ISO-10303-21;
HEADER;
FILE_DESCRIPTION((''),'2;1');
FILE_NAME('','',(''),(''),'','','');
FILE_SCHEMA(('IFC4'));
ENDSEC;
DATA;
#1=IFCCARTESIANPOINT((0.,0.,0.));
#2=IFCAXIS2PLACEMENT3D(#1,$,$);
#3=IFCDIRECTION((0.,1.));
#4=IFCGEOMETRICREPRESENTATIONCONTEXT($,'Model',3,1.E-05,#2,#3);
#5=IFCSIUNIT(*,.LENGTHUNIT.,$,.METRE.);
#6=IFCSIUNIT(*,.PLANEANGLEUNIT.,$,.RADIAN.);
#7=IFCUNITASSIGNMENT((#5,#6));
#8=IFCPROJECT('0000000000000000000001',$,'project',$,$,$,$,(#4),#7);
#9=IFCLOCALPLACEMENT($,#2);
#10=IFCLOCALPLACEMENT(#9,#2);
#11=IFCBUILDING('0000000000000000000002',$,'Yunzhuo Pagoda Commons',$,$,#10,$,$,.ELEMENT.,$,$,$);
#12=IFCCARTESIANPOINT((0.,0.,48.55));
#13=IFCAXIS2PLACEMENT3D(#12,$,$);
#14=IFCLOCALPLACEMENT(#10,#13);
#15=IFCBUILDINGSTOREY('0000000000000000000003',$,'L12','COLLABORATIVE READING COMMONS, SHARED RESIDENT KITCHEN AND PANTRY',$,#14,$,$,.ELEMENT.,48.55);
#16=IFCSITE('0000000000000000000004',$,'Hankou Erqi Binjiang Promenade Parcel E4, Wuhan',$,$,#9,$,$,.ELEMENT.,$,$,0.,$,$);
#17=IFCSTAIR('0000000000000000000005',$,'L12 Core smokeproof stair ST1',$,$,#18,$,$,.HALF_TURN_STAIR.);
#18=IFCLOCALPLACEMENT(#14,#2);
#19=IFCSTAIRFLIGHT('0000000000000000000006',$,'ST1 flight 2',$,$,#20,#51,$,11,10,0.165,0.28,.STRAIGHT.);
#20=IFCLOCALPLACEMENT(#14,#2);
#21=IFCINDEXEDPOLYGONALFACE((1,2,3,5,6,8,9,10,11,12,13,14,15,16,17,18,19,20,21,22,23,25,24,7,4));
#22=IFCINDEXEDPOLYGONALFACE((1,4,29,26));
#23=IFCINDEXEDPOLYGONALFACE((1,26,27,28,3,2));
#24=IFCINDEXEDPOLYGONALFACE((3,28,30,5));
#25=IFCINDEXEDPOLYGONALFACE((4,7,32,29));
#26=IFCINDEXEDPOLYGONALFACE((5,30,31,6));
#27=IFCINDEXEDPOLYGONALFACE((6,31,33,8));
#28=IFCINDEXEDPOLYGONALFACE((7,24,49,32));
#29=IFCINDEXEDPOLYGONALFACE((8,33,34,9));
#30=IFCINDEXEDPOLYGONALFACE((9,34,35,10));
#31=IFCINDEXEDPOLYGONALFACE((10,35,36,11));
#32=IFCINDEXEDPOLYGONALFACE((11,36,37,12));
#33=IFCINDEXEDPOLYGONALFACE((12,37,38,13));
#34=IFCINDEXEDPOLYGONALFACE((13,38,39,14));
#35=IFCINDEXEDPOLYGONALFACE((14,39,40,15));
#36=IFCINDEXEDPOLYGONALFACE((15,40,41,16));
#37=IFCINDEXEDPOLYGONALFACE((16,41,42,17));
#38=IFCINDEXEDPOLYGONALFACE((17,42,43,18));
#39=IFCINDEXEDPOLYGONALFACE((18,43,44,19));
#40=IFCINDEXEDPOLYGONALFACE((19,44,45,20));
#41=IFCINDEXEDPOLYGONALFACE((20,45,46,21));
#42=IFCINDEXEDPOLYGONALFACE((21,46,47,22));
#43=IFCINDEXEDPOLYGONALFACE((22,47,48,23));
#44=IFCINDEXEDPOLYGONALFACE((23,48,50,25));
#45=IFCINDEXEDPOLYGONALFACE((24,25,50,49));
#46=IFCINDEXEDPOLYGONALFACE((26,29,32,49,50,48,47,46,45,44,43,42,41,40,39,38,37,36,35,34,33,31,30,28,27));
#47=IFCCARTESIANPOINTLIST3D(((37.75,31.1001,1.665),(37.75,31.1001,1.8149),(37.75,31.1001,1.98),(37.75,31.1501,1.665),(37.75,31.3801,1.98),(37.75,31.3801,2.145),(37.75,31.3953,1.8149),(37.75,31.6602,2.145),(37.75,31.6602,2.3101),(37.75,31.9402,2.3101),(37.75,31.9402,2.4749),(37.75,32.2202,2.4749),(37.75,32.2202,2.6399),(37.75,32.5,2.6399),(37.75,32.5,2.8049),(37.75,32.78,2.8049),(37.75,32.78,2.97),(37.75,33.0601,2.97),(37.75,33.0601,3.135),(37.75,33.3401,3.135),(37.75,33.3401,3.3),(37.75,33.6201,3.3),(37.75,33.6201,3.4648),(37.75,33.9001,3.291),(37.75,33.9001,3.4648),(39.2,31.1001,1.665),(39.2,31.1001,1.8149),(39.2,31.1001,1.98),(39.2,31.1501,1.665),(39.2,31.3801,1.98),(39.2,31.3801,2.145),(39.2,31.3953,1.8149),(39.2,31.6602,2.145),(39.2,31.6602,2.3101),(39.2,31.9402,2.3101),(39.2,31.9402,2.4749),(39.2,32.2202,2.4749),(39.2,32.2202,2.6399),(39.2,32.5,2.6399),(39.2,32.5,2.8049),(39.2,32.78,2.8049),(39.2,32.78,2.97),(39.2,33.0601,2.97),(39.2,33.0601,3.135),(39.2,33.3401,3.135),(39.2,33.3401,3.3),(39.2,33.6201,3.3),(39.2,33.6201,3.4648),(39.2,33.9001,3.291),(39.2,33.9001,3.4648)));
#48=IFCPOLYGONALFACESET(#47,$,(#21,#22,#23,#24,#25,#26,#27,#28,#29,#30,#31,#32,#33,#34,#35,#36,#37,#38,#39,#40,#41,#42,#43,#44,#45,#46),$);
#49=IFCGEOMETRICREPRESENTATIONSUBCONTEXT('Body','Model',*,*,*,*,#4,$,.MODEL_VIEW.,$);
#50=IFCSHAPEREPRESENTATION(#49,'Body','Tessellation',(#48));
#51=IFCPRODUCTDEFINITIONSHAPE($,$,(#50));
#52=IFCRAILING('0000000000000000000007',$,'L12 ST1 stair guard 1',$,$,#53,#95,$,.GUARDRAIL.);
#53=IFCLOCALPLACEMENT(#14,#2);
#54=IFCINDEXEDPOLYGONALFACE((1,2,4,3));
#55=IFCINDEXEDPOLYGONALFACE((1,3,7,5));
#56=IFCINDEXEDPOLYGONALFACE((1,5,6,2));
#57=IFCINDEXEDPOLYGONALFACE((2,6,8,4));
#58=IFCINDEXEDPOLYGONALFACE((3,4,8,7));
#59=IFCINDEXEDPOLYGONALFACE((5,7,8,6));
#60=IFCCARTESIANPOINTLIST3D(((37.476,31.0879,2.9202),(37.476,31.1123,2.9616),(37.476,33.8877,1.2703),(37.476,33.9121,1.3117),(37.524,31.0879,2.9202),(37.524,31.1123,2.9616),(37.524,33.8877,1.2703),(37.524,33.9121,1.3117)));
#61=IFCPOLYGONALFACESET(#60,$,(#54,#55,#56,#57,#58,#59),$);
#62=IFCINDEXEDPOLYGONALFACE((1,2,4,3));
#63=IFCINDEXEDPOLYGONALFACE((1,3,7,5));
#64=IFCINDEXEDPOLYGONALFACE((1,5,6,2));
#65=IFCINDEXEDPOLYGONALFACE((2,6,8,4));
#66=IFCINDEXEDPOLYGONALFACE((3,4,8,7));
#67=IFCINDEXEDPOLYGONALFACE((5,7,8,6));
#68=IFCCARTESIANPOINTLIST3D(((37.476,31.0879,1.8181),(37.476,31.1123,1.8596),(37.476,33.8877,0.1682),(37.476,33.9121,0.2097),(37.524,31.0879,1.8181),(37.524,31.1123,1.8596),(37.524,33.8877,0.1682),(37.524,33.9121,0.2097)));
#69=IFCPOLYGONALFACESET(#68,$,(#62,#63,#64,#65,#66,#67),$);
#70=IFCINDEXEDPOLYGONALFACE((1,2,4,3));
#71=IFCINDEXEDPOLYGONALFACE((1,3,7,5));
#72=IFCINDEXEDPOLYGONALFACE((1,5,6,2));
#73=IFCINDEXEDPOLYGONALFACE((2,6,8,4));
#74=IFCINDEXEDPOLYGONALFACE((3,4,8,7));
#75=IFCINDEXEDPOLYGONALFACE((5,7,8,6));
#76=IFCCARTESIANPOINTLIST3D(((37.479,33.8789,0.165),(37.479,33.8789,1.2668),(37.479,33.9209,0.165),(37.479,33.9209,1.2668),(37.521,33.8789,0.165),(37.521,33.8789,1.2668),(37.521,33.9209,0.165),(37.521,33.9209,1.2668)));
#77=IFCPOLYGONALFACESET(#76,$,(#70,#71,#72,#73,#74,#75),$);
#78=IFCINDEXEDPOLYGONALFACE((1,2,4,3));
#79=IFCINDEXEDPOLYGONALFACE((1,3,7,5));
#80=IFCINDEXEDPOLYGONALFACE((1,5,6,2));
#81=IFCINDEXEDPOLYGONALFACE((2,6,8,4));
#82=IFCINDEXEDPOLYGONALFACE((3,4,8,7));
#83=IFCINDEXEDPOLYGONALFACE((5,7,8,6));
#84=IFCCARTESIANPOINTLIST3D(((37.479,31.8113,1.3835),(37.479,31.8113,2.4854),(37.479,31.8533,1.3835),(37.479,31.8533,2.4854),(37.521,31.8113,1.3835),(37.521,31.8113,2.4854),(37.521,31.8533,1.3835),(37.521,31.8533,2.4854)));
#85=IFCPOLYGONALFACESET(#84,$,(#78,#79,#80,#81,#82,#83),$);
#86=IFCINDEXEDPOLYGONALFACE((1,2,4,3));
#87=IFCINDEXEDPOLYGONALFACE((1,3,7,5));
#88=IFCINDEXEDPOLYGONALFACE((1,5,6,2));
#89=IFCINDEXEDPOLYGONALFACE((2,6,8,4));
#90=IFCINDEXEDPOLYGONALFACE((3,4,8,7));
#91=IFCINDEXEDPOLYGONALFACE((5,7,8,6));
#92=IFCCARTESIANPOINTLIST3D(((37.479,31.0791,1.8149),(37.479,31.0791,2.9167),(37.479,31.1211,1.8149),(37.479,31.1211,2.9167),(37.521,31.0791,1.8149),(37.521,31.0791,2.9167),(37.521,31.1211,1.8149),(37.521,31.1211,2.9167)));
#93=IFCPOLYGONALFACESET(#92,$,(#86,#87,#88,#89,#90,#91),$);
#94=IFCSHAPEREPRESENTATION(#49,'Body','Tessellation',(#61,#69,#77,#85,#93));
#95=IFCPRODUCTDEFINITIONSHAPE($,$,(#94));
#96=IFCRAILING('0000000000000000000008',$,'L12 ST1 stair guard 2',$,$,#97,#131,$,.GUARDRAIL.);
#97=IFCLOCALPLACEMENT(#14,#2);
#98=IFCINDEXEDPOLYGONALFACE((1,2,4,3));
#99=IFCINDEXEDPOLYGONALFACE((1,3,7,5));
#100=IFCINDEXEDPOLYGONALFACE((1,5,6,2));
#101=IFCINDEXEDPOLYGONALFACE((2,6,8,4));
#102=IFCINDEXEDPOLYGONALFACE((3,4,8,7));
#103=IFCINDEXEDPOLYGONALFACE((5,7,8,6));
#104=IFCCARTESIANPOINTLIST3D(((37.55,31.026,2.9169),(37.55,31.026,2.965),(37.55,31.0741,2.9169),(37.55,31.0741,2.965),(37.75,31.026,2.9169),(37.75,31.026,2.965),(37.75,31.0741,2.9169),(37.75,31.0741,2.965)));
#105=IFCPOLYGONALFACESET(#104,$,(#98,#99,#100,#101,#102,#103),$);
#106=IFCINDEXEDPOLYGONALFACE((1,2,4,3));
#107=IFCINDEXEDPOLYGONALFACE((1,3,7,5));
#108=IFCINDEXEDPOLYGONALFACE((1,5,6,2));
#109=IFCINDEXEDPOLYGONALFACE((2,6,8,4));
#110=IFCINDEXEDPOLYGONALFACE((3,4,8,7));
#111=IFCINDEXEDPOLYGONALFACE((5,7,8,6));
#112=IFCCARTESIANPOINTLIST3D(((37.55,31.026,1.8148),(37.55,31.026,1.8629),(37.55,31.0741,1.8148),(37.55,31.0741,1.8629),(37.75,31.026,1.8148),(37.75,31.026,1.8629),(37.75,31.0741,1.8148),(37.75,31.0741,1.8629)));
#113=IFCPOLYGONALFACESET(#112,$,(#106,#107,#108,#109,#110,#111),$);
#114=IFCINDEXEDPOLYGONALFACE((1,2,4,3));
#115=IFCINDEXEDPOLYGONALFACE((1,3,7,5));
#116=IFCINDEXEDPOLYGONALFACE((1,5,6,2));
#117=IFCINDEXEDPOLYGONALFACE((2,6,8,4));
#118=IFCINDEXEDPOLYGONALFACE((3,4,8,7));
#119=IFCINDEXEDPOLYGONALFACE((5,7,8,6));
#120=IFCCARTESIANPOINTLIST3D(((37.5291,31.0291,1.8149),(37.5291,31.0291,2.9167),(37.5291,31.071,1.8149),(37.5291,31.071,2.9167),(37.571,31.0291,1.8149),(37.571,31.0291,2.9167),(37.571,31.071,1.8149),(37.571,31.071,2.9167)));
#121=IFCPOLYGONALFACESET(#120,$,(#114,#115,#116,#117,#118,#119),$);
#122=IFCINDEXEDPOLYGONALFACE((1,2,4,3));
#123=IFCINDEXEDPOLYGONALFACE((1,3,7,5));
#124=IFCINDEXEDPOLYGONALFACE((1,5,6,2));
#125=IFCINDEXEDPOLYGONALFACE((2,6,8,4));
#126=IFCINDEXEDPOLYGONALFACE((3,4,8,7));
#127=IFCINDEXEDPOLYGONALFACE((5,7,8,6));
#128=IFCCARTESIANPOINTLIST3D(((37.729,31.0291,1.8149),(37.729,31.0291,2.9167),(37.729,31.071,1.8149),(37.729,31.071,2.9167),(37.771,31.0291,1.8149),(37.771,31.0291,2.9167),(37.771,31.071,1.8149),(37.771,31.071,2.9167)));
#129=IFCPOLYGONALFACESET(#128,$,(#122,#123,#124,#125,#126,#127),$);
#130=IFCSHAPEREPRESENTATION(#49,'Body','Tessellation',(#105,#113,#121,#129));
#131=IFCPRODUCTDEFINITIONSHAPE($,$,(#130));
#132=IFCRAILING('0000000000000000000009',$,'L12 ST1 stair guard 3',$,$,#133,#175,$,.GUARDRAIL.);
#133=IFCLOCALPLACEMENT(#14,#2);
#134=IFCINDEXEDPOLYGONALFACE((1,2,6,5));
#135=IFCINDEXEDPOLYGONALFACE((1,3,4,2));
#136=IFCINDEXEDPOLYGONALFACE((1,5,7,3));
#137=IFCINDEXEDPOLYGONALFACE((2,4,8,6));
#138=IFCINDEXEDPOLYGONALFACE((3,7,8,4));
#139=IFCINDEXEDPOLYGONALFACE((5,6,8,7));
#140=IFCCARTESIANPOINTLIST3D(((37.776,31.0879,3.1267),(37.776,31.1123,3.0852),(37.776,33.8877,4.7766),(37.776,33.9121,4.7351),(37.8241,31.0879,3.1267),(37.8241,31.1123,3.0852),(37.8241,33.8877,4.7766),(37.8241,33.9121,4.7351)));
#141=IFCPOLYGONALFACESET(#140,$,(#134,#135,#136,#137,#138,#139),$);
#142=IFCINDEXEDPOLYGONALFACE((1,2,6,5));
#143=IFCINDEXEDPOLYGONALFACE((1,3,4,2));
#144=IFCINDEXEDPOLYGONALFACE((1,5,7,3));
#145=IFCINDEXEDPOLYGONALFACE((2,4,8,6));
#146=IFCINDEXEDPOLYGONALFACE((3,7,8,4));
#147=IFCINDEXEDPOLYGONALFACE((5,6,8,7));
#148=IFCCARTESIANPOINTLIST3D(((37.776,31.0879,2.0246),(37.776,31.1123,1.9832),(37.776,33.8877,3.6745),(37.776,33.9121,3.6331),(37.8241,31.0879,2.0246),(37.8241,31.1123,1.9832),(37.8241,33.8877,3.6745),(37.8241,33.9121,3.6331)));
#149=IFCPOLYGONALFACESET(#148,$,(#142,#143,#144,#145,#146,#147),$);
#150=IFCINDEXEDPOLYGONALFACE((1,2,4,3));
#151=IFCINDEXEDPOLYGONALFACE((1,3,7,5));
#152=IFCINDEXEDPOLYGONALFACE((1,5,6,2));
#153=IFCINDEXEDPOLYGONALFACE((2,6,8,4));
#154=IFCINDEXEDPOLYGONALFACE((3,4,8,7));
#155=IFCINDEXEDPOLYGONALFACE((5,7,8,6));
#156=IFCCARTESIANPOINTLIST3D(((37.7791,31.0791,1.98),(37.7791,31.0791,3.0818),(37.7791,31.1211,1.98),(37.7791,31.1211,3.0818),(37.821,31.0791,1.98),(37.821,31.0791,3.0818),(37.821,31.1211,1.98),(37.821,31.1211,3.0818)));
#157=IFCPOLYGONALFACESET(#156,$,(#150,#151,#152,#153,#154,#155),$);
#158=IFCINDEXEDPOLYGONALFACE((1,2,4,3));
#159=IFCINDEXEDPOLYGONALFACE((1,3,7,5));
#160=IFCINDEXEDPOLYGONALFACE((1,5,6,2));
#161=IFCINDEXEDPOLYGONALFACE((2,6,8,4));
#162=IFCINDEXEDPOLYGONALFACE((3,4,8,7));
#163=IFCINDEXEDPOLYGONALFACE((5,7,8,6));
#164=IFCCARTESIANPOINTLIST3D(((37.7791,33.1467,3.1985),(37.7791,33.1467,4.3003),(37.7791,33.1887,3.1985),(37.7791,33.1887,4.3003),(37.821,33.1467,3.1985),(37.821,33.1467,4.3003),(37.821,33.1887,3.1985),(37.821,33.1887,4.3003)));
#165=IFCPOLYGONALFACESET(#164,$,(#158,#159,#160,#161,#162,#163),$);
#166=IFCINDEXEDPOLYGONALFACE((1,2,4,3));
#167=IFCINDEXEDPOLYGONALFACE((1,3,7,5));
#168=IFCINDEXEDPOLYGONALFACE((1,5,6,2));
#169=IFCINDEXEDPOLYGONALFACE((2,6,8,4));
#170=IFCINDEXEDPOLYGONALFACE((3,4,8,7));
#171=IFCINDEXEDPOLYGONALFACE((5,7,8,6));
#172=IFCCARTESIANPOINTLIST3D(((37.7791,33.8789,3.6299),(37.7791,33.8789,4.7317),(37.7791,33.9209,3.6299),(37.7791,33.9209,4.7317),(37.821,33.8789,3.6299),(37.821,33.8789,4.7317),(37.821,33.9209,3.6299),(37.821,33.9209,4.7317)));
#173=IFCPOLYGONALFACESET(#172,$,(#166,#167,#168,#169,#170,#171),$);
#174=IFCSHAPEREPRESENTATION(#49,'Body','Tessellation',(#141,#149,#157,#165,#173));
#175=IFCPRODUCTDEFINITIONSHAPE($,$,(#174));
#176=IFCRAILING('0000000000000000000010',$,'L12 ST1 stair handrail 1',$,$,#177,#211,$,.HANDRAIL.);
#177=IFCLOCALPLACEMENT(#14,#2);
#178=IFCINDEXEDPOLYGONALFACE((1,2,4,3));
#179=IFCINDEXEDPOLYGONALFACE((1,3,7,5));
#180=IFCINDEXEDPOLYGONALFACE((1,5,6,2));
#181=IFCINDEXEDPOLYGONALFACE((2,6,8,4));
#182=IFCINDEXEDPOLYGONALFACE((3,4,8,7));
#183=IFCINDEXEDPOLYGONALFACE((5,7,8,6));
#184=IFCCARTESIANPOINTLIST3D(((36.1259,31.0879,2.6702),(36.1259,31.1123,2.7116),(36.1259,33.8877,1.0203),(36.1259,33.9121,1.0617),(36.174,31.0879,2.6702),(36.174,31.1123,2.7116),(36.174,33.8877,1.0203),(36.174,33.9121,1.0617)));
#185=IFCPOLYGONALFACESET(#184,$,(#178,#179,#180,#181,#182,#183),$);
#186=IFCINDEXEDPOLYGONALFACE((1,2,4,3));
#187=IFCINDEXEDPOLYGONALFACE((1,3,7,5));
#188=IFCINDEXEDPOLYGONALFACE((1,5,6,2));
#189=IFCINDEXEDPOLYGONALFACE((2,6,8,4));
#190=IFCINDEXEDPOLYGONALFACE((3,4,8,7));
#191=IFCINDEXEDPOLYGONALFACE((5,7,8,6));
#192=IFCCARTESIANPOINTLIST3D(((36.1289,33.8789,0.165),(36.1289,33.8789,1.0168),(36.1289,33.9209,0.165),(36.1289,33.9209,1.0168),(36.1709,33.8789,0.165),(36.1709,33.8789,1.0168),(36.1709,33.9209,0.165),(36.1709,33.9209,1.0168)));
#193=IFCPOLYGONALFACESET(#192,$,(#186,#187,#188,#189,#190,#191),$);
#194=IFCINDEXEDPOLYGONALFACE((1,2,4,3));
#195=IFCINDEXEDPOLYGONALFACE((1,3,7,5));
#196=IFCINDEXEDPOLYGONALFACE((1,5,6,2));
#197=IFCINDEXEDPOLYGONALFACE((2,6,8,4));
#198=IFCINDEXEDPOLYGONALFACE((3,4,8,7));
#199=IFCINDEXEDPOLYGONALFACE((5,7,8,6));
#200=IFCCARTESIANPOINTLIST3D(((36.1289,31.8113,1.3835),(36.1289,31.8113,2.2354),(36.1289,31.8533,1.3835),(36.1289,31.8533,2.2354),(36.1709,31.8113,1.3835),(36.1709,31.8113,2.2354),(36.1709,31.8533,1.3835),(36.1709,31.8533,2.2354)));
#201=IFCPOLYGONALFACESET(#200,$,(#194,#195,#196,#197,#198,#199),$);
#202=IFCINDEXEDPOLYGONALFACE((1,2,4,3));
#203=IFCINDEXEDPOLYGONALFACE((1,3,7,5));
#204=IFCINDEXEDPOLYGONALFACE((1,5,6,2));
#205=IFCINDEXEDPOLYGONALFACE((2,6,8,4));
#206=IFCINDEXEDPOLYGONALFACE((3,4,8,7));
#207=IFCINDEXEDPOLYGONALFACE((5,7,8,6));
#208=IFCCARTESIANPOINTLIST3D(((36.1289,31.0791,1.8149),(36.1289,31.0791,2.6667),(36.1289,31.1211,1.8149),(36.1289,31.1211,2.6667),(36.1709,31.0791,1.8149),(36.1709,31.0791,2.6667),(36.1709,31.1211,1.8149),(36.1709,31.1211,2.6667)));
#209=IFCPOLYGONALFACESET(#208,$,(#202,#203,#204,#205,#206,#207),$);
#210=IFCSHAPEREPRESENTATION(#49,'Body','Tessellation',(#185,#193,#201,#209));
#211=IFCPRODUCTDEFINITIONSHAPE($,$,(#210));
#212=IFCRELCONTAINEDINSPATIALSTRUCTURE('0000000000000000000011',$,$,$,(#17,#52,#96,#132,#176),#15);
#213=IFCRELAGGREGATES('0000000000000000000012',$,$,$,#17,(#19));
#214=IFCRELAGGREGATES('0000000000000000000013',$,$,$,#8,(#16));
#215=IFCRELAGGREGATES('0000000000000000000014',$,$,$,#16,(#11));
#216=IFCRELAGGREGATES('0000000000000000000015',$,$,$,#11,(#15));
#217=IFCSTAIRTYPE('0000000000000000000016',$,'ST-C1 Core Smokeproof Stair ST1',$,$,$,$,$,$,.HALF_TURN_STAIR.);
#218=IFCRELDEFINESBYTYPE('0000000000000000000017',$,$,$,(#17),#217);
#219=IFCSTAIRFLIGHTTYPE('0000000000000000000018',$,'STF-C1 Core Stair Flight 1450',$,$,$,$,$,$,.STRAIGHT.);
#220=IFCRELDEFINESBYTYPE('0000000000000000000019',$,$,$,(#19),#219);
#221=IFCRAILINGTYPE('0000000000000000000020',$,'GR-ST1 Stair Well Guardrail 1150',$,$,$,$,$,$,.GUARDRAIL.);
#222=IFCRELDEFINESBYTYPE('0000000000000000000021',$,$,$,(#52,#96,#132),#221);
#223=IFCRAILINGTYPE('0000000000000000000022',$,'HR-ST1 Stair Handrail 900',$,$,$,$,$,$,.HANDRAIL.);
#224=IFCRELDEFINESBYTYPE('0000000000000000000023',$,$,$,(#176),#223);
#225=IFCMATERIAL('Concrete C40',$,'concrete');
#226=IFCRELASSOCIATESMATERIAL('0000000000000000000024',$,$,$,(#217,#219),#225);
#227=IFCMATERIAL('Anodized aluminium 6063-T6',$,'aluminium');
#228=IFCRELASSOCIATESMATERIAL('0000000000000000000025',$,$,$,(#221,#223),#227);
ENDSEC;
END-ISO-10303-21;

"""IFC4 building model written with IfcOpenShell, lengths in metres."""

from ifc_helpers import new_model, si_unit, direction, frame, origin, origin_2d, place, context, subcontext, project, spatial, polyline, rectangle, outline, extrude, source, transform, mapped, material, type_object, element, aggregate, save


model = new_model("IFC4")

# Units and contexts
model_context = context("Model", 3, precision=1e-05, world=origin(), true_north=direction((0.0, 1.0)))
body_context = subcontext(model_context, "Body", "Model", "MODEL_VIEW")
ifc_project = project(units=[si_unit("LENGTHUNIT", "METRE"), si_unit("PLANEANGLEUNIT", "RADIAN")], contexts=[model_context])

# Site, building, storey
site_placement = place(None, origin())
site = spatial("IfcSite", under=ifc_project, at=site_placement, Name="Hankou Erqi Binjiang Promenade Parcel E4, Wuhan", CompositionType="ELEMENT", RefElevation=0.0)
building_placement = place(site_placement, origin())
building = spatial("IfcBuilding", under=site, at=building_placement, Name="Yunzhuo Pagoda Commons", CompositionType="ELEMENT")
storey_placement = place(building_placement, frame((0.0, 0.0, 48.55)))
storey = spatial("IfcBuildingStorey", under=building, at=storey_placement, Name="L12", Description="COLLABORATIVE READING COMMONS, SHARED RESIDENT KITCHEN AND PANTRY", CompositionType="ELEMENT", Elevation=48.55)

# Shared definitions
ifc_material_1 = material(Name="Concrete C40", Category="concrete")

# Stair, stair flight
stair_type = type_object("IfcStairType", Name="ST-C1 Core Smokeproof Stair ST1", PredefinedType="HALF_TURN_STAIR", material=ifc_material_1)
stair_placement = place(storey_placement, origin())
stair = element("IfcStair", 1, at=stair_placement, inside=storey, type_object=stair_type, Name="L12 Core smokeproof stair ST1", PredefinedType="HALF_TURN_STAIR")
stair_flight_type = type_object("IfcStairFlightType", Name="STF-C1 Core Stair Flight 1450", PredefinedType="STRAIGHT", material=ifc_material_1)
shared_shape_1 = source(origin(), body_context, "Body", "SweptSolid", [
    extrude(outline(polyline([(0.0, -0.1499), (0.0, 0.0), (0.0, 0.165), (0.28, 0.165), (0.28, 0.3301), (0.5601, 0.3301), (0.5601, 0.4951), (0.8401, 0.4951), (0.8401, 0.6599), (1.1201, 0.6599), (1.1201, 0.825), (1.3999, 0.825), (1.3999, 0.99), (1.6799, 0.99), (1.6799, 1.155), (1.96, 1.155), (1.96, 1.3201), (2.24, 1.3201), (2.24, 1.4851), (2.52, 1.4851), (2.52, 1.6499), (2.8, 1.6499), (2.8, 1.8149), (2.8, 1.4761), (0.2952, 0.0), (0.05, -0.1499), (0.0, -0.1499)])), frame((0.0, 0.7251, 0.0), z_axis=(0.0, -1.0, 0.0), x_axis=(1.0, 0.0, 0.0)), (0.0, 0.0, 1.0), 1.45),
])
stair_flight_1_placement = place(storey_placement, frame((38.4751, 31.1001, 1.8149), z_axis=(0.0, 0.0, 1.0), x_axis=(0.0, 1.0, 0.0)))
stair_flight_1 = element("IfcStairFlight", 2, at=stair_flight_1_placement, type_object=stair_flight_type, Name="ST1 flight 2", NumberOfRisers=11, NumberOfTreads=10, PredefinedType="STRAIGHT", RiserHeight=0.165, TreadLength=0.28, context=body_context, shape_type="MappedRepresentation", body=[
    mapped(shared_shape_1, transform((0.0, 0.0, 0.0), scale=1.0)),
])
aggregate(stair, [stair_flight_1])

# Railings
ifc_material_2 = material(Name="Anodized aluminium 6063-T6", Category="aluminium")
railing_type_1 = type_object("IfcRailingType", Name="GR-ST1 Stair Well Guardrail 1150", PredefinedType="GUARDRAIL", material=ifc_material_2)
railing_1_placement = place(storey_placement, frame((37.5, 33.8999, 0.165)))
element("IfcRailing", 3, at=railing_1_placement, inside=storey, type_object=railing_type_1, Name="L12 ST1 stair guard 1", PredefinedType="GUARDRAIL", context=body_context, shape_type="SweptSolid", body=[
    extrude(rectangle(XDim=0.0481, YDim=0.0481, at=origin_2d()), frame((0.0, 0.0, 1.126), z_axis=(0.0, -0.861536, 0.507696), x_axis=(1.0, 0.0, 0.0)), (0.0, 0.0, 1.0), 3.2498),
    extrude(rectangle(XDim=0.0481, YDim=0.0481, at=origin_2d()), frame((0.0, 0.0, 0.0239), z_axis=(0.0, -0.861536, 0.507696), x_axis=(1.0, 0.0, 0.0)), (0.0, 0.0, 1.0), 3.2498),
    extrude(rectangle(XDim=0.042, YDim=0.042, at=origin_2d()), origin(), (0.0, 0.0, 1.0), 1.1018),
    extrude(rectangle(XDim=0.042, YDim=0.042, at=origin_2d()), frame((0.0, -2.0676, 1.2185)), (0.0, 0.0, 1.0), 1.1018),
    extrude(rectangle(XDim=0.042, YDim=0.042, at=origin_2d()), frame((0.0, -2.7998, 1.6499)), (0.0, 0.0, 1.0), 1.1018),
])
railing_2_placement = place(storey_placement, frame((37.55, 31.05, 1.8149)))
element("IfcRailing", 4, at=railing_2_placement, inside=storey, type_object=railing_type_1, Name="L12 ST1 stair guard 2", PredefinedType="GUARDRAIL", context=body_context, shape_type="SweptSolid", body=[
    extrude(rectangle(XDim=0.0481, YDim=0.0481, at=origin_2d()), frame((0.0, 0.0, 1.126), z_axis=(1.0, 0.0, 0.0), x_axis=(0.0, 1.0, 0.0)), (0.0, 0.0, 1.0), 0.2),
    extrude(rectangle(XDim=0.0481, YDim=0.0481, at=origin_2d()), frame((0.0, 0.0, 0.0239), z_axis=(1.0, 0.0, 0.0), x_axis=(0.0, 1.0, 0.0)), (0.0, 0.0, 1.0), 0.2),
    extrude(rectangle(XDim=0.042, YDim=0.042, at=origin_2d()), origin(), (0.0, 0.0, 1.0), 1.1018),
    extrude(rectangle(XDim=0.042, YDim=0.042, at=origin_2d()), frame((0.2, 0.0, 0.0)), (0.0, 0.0, 1.0), 1.1018),
])
railing_3_placement = place(storey_placement, frame((37.8, 31.1001, 1.98)))
element("IfcRailing", 5, at=railing_3_placement, inside=storey, type_object=railing_type_1, Name="L12 ST1 stair guard 3", PredefinedType="GUARDRAIL", context=body_context, shape_type="SweptSolid", body=[
    extrude(rectangle(XDim=0.0481, YDim=0.0481, at=origin_2d()), frame((0.0, 0.0, 1.126), z_axis=(0.0, 0.861536, 0.507696), x_axis=(-1.0, 0.0, 0.0)), (0.0, 0.0, 1.0), 3.2498),
    extrude(rectangle(XDim=0.0481, YDim=0.0481, at=origin_2d()), frame((0.0, 0.0, 0.0239), z_axis=(0.0, 0.861536, 0.507696), x_axis=(-1.0, 0.0, 0.0)), (0.0, 0.0, 1.0), 3.2498),
    extrude(rectangle(XDim=0.042, YDim=0.042, at=origin_2d()), origin(), (0.0, 0.0, 1.0), 1.1018),
    extrude(rectangle(XDim=0.042, YDim=0.042, at=origin_2d()), frame((0.0, 2.0676, 1.2185)), (0.0, 0.0, 1.0), 1.1018),
    extrude(rectangle(XDim=0.042, YDim=0.042, at=origin_2d()), frame((0.0, 2.7998, 1.6499)), (0.0, 0.0, 1.0), 1.1018),
])
railing_type_2 = type_object("IfcRailingType", Name="HR-ST1 Stair Handrail 900", PredefinedType="HANDRAIL", material=ifc_material_2)
railing_4_placement = place(storey_placement, frame((36.1499, 33.8999, 0.165)))
element("IfcRailing", 6, at=railing_4_placement, inside=storey, type_object=railing_type_2, Name="L12 ST1 stair handrail 1", PredefinedType="HANDRAIL", context=body_context, shape_type="SweptSolid", body=[
    extrude(rectangle(XDim=0.0481, YDim=0.0481, at=origin_2d()), frame((0.0, 0.0, 0.876), z_axis=(0.0, -0.861536, 0.507696), x_axis=(1.0, 0.0, 0.0)), (0.0, 0.0, 1.0), 3.2498),
    extrude(rectangle(XDim=0.042, YDim=0.042, at=origin_2d()), origin(), (0.0, 0.0, 1.0), 0.8518),
    extrude(rectangle(XDim=0.042, YDim=0.042, at=origin_2d()), frame((0.0, -2.0676, 1.2185)), (0.0, 0.0, 1.0), 0.8518),
    extrude(rectangle(XDim=0.042, YDim=0.042, at=origin_2d()), frame((0.0, -2.7998, 1.6499)), (0.0, 0.0, 1.0), 0.8518),
])

save(model, "model.ifc")
